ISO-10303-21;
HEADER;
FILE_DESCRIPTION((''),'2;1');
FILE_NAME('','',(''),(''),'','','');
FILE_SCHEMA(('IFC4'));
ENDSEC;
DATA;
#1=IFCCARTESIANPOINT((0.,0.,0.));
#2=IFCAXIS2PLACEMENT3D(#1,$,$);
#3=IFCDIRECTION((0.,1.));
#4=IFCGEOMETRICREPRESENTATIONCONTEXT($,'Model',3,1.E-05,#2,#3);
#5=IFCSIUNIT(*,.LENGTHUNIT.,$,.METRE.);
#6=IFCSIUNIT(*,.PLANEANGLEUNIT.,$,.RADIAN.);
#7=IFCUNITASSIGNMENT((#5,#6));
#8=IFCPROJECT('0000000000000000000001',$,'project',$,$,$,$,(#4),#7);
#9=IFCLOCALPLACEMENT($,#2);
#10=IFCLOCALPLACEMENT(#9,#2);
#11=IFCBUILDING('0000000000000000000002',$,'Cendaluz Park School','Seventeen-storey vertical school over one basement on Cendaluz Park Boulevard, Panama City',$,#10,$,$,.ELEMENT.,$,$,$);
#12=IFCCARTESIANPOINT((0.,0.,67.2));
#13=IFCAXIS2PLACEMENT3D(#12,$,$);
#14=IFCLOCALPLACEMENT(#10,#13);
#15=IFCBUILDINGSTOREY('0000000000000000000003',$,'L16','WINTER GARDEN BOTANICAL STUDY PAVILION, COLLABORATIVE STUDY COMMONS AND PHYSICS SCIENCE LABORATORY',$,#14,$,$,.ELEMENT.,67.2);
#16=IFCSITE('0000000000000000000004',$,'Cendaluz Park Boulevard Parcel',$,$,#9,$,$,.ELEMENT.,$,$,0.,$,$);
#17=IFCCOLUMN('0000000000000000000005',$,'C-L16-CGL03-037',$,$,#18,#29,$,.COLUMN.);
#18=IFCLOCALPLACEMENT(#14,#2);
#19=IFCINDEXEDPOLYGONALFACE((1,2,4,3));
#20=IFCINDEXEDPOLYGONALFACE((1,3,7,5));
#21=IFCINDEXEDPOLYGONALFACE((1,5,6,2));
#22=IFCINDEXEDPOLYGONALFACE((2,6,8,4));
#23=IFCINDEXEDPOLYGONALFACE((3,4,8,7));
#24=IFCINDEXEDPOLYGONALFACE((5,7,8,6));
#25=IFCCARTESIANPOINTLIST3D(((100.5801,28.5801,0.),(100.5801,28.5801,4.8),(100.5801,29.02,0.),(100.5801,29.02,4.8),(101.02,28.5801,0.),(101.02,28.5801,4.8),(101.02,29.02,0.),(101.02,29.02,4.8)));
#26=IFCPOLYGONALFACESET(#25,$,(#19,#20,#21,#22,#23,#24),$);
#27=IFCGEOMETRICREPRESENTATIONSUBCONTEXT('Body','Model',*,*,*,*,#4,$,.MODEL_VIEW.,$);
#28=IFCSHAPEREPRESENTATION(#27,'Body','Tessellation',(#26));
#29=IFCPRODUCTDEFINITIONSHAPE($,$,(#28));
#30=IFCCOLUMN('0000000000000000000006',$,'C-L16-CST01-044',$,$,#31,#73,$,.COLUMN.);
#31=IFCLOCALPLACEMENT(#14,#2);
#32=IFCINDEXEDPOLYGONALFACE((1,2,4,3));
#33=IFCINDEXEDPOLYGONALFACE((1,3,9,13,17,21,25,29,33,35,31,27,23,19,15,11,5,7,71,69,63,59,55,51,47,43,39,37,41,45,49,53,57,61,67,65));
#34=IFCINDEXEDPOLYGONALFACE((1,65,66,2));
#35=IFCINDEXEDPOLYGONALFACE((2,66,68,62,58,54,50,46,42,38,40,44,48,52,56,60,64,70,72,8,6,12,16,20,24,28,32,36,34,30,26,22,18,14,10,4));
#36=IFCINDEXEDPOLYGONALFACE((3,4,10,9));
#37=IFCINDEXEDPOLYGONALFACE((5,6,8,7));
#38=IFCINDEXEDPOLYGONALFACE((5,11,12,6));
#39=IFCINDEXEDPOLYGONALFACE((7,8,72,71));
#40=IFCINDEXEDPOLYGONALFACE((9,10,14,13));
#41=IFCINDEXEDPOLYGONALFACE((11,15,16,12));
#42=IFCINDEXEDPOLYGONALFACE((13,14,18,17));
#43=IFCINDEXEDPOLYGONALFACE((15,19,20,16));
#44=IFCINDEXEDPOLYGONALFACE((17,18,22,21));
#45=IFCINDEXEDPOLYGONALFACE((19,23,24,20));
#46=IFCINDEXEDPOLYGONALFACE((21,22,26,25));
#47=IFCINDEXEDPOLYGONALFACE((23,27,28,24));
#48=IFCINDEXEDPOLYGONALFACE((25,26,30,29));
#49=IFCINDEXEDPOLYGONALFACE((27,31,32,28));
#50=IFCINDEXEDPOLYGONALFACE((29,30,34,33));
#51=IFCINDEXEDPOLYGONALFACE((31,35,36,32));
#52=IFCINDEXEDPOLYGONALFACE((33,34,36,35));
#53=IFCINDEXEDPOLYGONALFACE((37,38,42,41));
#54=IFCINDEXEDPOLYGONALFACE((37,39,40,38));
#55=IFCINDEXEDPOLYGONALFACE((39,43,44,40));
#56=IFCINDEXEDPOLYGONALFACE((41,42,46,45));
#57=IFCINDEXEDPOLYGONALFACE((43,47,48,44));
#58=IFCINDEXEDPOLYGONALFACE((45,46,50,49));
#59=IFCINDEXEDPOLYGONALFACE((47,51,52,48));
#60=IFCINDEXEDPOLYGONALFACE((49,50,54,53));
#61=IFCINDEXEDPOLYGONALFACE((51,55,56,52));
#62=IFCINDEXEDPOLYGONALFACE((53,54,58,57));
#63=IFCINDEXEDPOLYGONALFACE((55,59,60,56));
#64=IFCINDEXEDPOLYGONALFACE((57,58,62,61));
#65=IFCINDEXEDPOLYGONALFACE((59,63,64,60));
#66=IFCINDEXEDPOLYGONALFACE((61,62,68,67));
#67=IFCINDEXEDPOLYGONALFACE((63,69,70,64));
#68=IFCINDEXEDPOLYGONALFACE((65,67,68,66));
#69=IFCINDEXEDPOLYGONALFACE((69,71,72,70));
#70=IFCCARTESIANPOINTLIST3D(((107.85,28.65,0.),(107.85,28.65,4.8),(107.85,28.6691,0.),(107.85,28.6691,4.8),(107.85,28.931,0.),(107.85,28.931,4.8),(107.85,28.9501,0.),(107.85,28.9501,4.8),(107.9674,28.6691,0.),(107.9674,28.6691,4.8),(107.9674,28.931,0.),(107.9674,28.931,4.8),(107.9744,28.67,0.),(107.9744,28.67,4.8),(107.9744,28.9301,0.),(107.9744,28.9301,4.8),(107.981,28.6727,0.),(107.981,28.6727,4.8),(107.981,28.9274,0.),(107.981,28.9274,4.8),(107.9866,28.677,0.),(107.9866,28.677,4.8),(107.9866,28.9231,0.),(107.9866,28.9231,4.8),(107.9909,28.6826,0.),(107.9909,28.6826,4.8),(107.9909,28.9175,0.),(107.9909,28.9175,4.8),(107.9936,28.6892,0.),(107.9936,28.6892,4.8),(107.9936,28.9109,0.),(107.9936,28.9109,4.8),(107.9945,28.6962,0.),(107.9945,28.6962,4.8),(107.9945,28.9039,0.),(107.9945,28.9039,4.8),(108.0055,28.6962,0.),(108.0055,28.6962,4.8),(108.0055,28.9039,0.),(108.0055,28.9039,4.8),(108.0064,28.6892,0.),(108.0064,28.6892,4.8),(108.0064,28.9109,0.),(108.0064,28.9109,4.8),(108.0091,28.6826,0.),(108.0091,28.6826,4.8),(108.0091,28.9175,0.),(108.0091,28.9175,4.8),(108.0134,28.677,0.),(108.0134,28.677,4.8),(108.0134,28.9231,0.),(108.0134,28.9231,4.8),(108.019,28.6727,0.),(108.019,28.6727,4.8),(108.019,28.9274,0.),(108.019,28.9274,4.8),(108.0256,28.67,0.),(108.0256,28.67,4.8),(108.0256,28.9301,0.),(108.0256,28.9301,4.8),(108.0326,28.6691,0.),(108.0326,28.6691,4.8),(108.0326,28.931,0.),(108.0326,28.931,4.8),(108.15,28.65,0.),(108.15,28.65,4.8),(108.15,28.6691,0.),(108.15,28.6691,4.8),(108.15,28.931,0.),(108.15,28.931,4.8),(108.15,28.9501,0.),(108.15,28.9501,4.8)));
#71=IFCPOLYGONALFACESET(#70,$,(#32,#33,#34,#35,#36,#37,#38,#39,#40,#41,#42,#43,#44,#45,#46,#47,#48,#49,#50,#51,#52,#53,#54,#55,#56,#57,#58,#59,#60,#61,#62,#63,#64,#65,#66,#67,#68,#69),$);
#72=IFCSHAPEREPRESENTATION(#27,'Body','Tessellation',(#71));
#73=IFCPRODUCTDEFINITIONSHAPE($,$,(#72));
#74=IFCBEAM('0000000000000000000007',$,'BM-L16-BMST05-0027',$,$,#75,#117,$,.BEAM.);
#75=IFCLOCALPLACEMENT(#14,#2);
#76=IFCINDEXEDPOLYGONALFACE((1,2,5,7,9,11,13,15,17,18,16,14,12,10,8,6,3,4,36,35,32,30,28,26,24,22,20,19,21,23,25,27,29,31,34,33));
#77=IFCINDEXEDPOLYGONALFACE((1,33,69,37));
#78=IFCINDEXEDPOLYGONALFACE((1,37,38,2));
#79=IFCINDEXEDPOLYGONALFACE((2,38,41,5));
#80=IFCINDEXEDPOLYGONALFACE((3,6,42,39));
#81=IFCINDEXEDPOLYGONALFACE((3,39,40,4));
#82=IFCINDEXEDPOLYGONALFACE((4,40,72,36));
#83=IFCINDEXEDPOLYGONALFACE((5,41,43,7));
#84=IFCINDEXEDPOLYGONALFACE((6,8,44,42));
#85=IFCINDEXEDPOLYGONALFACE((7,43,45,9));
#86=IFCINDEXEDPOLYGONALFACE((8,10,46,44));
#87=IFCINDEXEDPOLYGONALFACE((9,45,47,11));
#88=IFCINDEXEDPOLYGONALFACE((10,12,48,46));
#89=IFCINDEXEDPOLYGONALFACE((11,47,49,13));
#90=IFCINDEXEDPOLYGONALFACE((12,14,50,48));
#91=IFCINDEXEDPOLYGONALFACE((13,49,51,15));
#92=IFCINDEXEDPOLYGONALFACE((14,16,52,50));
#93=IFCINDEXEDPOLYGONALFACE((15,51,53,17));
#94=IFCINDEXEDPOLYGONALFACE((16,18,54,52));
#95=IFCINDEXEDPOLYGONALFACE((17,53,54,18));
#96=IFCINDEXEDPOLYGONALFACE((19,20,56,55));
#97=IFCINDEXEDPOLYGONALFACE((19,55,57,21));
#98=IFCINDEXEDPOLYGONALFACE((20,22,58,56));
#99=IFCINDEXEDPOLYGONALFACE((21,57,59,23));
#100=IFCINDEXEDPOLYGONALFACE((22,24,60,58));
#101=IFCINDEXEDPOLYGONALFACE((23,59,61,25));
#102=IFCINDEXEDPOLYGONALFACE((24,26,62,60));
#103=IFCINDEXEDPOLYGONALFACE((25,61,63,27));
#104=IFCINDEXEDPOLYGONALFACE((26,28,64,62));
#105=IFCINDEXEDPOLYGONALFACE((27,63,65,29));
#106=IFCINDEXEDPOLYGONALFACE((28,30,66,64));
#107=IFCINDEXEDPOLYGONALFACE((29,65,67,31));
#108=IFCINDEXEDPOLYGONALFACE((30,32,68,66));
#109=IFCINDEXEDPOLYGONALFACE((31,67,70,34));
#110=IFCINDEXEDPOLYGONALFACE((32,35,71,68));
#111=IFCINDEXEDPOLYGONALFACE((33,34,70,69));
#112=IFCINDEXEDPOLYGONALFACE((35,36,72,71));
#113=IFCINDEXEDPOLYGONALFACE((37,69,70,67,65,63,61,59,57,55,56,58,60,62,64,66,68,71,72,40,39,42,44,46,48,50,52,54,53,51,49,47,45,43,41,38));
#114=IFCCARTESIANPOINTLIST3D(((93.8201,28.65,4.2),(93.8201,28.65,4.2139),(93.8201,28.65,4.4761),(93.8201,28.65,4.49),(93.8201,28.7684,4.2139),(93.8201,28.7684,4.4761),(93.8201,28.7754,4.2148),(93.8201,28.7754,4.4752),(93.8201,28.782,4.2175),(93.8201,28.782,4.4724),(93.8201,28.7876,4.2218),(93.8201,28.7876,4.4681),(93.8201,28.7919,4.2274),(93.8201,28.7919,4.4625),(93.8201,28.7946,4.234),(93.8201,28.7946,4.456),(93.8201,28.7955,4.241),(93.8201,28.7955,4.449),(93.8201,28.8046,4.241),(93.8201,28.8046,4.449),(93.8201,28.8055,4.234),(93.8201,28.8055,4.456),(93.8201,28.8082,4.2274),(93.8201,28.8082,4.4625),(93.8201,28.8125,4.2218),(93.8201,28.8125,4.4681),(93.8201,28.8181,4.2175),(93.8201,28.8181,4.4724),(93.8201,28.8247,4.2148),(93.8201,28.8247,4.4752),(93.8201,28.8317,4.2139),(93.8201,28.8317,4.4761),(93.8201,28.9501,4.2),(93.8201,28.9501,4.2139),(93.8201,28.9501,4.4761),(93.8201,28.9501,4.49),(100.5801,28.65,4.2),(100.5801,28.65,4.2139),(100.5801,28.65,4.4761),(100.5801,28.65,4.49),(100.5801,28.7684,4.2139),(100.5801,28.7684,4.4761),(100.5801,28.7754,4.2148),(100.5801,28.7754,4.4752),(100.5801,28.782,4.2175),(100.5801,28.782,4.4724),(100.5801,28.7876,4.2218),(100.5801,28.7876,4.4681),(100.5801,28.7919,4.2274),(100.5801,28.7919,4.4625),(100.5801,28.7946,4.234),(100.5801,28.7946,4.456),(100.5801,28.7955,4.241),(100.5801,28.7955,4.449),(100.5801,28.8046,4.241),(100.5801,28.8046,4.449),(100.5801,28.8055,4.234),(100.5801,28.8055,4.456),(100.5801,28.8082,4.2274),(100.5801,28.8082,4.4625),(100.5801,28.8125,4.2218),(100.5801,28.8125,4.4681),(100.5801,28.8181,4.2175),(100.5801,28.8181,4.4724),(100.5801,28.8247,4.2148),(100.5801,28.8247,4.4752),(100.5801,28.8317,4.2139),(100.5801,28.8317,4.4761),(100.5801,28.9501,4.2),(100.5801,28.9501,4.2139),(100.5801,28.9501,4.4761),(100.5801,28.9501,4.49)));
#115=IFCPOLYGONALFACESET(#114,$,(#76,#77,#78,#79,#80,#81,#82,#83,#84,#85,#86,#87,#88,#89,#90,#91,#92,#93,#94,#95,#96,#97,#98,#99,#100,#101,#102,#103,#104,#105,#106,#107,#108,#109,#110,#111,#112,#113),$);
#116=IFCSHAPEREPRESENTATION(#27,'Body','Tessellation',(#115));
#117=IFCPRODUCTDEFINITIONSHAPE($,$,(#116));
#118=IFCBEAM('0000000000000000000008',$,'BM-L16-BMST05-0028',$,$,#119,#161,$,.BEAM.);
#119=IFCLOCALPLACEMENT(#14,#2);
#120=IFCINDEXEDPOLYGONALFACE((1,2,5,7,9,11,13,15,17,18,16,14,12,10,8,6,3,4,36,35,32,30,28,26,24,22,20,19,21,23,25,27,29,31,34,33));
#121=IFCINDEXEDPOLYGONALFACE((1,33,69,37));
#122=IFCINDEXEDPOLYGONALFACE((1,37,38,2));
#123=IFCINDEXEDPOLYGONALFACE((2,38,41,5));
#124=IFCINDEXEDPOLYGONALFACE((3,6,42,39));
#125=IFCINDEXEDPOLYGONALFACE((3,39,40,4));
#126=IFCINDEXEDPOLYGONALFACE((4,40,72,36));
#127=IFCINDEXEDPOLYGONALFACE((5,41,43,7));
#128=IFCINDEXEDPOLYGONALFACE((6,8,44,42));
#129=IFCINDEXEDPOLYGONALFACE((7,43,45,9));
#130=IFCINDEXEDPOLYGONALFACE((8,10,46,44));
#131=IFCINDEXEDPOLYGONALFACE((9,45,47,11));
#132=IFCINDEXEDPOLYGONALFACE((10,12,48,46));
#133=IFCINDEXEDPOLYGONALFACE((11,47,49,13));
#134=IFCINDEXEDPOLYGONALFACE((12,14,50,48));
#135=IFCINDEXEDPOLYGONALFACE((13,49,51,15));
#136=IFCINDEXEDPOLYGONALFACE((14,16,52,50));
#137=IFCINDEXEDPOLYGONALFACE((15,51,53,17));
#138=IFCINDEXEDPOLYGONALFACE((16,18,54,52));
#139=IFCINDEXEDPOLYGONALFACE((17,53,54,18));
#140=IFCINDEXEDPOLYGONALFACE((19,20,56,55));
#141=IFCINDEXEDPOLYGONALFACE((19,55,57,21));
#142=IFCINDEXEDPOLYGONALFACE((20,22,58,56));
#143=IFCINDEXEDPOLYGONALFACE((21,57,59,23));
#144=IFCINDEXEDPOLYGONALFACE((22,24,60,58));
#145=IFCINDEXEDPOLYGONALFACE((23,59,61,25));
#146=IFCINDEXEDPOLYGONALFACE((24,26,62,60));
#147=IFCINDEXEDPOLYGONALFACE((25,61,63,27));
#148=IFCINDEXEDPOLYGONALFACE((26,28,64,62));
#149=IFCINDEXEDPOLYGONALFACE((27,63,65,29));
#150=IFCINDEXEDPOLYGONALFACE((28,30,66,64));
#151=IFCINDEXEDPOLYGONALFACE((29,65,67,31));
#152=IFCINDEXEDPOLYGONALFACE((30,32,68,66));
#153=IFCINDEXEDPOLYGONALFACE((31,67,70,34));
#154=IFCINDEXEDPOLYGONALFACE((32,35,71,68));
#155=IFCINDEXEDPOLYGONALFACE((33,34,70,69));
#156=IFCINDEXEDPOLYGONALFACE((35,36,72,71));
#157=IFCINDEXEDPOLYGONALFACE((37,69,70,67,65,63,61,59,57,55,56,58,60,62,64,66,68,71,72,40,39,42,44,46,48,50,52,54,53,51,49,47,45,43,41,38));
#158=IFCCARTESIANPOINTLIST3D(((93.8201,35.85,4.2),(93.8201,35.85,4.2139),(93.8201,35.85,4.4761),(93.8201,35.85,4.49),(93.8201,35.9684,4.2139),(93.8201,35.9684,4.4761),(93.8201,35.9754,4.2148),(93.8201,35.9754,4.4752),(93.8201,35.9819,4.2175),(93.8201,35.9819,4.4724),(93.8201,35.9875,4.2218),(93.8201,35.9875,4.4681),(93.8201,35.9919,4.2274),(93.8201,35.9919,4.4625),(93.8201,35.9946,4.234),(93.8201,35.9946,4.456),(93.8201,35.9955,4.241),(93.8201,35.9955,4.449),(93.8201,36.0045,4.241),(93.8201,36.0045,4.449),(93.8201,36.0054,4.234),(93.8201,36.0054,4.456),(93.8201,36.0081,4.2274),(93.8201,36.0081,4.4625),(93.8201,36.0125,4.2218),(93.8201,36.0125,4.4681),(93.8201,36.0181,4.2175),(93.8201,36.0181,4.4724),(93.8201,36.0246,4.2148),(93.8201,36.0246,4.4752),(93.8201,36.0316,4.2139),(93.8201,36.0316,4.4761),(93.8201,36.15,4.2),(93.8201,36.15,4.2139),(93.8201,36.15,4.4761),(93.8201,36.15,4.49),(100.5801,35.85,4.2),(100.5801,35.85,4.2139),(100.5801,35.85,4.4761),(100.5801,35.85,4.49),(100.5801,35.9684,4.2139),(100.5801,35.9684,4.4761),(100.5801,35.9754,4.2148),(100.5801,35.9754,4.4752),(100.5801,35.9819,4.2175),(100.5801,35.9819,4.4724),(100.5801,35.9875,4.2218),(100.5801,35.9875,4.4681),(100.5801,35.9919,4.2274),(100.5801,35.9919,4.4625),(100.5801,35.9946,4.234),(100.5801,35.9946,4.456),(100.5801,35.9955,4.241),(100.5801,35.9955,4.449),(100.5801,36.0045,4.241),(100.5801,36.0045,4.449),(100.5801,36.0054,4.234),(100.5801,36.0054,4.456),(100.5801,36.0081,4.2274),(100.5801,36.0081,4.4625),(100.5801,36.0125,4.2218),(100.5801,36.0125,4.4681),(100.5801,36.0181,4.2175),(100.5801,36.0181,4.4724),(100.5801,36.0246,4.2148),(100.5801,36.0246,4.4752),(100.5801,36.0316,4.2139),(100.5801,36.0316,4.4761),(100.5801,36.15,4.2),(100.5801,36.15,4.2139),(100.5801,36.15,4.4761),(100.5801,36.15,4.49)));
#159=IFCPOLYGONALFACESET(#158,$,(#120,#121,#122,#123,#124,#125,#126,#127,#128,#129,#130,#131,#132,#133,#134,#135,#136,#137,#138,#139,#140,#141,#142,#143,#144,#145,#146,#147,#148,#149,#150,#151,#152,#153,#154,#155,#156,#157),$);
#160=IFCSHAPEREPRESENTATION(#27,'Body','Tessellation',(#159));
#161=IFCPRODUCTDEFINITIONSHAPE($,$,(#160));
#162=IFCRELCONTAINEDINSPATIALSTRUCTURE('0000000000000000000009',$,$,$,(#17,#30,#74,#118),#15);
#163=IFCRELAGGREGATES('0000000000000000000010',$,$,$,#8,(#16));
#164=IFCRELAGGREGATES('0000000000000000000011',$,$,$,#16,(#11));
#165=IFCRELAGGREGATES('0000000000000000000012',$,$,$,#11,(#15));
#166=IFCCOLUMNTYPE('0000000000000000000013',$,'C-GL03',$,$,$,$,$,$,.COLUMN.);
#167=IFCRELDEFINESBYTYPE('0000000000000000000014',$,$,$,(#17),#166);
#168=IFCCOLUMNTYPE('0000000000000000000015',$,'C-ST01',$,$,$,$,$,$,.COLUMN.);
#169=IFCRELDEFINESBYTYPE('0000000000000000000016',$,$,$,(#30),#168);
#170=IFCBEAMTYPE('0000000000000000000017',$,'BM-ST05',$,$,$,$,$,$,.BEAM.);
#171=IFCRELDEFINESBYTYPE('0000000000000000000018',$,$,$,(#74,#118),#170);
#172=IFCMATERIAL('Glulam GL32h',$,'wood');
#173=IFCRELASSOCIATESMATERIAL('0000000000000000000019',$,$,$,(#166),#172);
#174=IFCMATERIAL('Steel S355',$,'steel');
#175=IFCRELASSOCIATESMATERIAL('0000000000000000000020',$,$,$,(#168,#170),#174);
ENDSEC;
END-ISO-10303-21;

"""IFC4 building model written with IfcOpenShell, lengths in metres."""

from ifc_helpers import new_model, si_unit, direction, frame, origin, origin_2d, place, context, subcontext, project, spatial, rectangle, i_section, extrude, material, material_profile, profile_set, type_object, element, save


model = new_model("IFC4")

# Units and contexts
model_context = context("Model", 3, precision=1e-05, world=origin(), true_north=direction((0.0, 1.0)))
body_context = subcontext(model_context, "Body", "Model", "MODEL_VIEW")
ifc_project = project(units=[si_unit("LENGTHUNIT", "METRE"), si_unit("PLANEANGLEUNIT", "RADIAN")], contexts=[model_context])

# Site, building, storey
site_placement = place(None, origin())
site = spatial("IfcSite", under=ifc_project, at=site_placement, Name="Cendaluz Park Boulevard Parcel", CompositionType="ELEMENT", RefElevation=0.0)
building_placement = place(site_placement, origin())
building = spatial("IfcBuilding", under=site, at=building_placement, Name="Cendaluz Park School", Description="Seventeen-storey vertical school over one basement on Cendaluz Park Boulevard, Panama City", CompositionType="ELEMENT")
storey_placement = place(building_placement, frame((0.0, 0.0, 67.2)))
storey = spatial("IfcBuildingStorey", under=building, at=storey_placement, Name="L16", Description="WINTER GARDEN BOTANICAL STUDY PAVILION, COLLABORATIVE STUDY COMMONS AND PHYSICS SCIENCE LABORATORY", CompositionType="ELEMENT", Elevation=67.2)

# Columns
ifc_material_1 = material(Name="Glulam GL32h", Category="wood")
ifc_material_profile_1 = material_profile(ifc_material_1, rectangle(XDim=0.4399, YDim=0.4399, at=origin_2d()), Name="GL32h 440x440", Category="wood")
ifc_profile_set_1 = profile_set([ifc_material_profile_1], Name="Glulam GL32h")
column_type_1 = type_object("IfcColumnType", Name="C-GL03", PredefinedType="COLUMN", material=ifc_profile_set_1)
column_1_placement = place(storey_placement, frame((100.8, 28.8, 0.0), z_axis=(0.0, 0.0, 1.0), x_axis=(1.0, 0.0, 0.0)))
element("IfcColumn", 1, at=column_1_placement, inside=storey, type_object=column_type_1, Name="C-L16-CGL03-037", PredefinedType="COLUMN", context=body_context, shape_type="SweptSolid", body=[
    extrude(rectangle(XDim=0.4399, YDim=0.4399, at=origin_2d()), origin(), (0.0, 0.0, 1.0), 4.8),
])
ifc_material_2 = material(Name="Steel S355", Category="steel")
ifc_material_profile_2 = material_profile(ifc_material_2, i_section(OverallWidth=0.3, OverallDepth=0.3, WebThickness=0.011, FlangeThickness=0.019, FilletRadius=0.0271, at=origin_2d()), Name="HEB 300", Category="steel")
ifc_profile_set_2 = profile_set([ifc_material_profile_2], Name="Steel S355")
column_type_2 = type_object("IfcColumnType", Name="C-ST01", PredefinedType="COLUMN", material=ifc_profile_set_2)
column_2_placement = place(storey_placement, frame((108.0, 28.8, 0.0), z_axis=(0.0, 0.0, 1.0), x_axis=(1.0, 0.0, 0.0)))
element("IfcColumn", 2, at=column_2_placement, inside=storey, type_object=column_type_2, Name="C-L16-CST01-044", PredefinedType="COLUMN", context=body_context, shape_type="SweptSolid", body=[
    extrude(i_section(OverallWidth=0.3, OverallDepth=0.3, WebThickness=0.011, FlangeThickness=0.019, FilletRadius=0.0271, at=origin_2d()), origin(), (0.0, 0.0, 1.0), 4.8),
])

# Beams
ifc_material_profile_3 = material_profile(ifc_material_2, i_section(OverallWidth=0.3, OverallDepth=0.29, WebThickness=0.009, FlangeThickness=0.0139, FilletRadius=0.0271, at=origin_2d()), Name="HEA 300", Category="steel")
ifc_profile_set_3 = profile_set([ifc_material_profile_3], Name="Steel S355")
beam_type_1 = type_object("IfcBeamType", Name="BM-ST05", PredefinedType="BEAM", material=ifc_profile_set_3)
for number, where, z_axis, x_axis, name in (
    (3, (93.8201, 28.8, 4.345), (1.0, 0.0, 0.0), (0.0, 1.0, 0.0), "BM-L16-BMST05-0027"),
    (4, (93.8201, 36.0, 4.345), (1.0, 0.0, 0.0), (0.0, 1.0, 0.0), "BM-L16-BMST05-0028"),
):
    element("IfcBeam", number, at=place(storey_placement, frame(where, z_axis=z_axis, x_axis=x_axis)), inside=storey, type_object=beam_type_1, Name=name, PredefinedType="BEAM", context=body_context, shape_type="SweptSolid", body=[
        extrude(i_section(OverallWidth=0.3, OverallDepth=0.29, WebThickness=0.009, FlangeThickness=0.0139, FilletRadius=0.0271, at=origin_2d()), origin(), (0.0, 0.0, 1.0), 6.76),
    ])

save(model, "model.ifc")
